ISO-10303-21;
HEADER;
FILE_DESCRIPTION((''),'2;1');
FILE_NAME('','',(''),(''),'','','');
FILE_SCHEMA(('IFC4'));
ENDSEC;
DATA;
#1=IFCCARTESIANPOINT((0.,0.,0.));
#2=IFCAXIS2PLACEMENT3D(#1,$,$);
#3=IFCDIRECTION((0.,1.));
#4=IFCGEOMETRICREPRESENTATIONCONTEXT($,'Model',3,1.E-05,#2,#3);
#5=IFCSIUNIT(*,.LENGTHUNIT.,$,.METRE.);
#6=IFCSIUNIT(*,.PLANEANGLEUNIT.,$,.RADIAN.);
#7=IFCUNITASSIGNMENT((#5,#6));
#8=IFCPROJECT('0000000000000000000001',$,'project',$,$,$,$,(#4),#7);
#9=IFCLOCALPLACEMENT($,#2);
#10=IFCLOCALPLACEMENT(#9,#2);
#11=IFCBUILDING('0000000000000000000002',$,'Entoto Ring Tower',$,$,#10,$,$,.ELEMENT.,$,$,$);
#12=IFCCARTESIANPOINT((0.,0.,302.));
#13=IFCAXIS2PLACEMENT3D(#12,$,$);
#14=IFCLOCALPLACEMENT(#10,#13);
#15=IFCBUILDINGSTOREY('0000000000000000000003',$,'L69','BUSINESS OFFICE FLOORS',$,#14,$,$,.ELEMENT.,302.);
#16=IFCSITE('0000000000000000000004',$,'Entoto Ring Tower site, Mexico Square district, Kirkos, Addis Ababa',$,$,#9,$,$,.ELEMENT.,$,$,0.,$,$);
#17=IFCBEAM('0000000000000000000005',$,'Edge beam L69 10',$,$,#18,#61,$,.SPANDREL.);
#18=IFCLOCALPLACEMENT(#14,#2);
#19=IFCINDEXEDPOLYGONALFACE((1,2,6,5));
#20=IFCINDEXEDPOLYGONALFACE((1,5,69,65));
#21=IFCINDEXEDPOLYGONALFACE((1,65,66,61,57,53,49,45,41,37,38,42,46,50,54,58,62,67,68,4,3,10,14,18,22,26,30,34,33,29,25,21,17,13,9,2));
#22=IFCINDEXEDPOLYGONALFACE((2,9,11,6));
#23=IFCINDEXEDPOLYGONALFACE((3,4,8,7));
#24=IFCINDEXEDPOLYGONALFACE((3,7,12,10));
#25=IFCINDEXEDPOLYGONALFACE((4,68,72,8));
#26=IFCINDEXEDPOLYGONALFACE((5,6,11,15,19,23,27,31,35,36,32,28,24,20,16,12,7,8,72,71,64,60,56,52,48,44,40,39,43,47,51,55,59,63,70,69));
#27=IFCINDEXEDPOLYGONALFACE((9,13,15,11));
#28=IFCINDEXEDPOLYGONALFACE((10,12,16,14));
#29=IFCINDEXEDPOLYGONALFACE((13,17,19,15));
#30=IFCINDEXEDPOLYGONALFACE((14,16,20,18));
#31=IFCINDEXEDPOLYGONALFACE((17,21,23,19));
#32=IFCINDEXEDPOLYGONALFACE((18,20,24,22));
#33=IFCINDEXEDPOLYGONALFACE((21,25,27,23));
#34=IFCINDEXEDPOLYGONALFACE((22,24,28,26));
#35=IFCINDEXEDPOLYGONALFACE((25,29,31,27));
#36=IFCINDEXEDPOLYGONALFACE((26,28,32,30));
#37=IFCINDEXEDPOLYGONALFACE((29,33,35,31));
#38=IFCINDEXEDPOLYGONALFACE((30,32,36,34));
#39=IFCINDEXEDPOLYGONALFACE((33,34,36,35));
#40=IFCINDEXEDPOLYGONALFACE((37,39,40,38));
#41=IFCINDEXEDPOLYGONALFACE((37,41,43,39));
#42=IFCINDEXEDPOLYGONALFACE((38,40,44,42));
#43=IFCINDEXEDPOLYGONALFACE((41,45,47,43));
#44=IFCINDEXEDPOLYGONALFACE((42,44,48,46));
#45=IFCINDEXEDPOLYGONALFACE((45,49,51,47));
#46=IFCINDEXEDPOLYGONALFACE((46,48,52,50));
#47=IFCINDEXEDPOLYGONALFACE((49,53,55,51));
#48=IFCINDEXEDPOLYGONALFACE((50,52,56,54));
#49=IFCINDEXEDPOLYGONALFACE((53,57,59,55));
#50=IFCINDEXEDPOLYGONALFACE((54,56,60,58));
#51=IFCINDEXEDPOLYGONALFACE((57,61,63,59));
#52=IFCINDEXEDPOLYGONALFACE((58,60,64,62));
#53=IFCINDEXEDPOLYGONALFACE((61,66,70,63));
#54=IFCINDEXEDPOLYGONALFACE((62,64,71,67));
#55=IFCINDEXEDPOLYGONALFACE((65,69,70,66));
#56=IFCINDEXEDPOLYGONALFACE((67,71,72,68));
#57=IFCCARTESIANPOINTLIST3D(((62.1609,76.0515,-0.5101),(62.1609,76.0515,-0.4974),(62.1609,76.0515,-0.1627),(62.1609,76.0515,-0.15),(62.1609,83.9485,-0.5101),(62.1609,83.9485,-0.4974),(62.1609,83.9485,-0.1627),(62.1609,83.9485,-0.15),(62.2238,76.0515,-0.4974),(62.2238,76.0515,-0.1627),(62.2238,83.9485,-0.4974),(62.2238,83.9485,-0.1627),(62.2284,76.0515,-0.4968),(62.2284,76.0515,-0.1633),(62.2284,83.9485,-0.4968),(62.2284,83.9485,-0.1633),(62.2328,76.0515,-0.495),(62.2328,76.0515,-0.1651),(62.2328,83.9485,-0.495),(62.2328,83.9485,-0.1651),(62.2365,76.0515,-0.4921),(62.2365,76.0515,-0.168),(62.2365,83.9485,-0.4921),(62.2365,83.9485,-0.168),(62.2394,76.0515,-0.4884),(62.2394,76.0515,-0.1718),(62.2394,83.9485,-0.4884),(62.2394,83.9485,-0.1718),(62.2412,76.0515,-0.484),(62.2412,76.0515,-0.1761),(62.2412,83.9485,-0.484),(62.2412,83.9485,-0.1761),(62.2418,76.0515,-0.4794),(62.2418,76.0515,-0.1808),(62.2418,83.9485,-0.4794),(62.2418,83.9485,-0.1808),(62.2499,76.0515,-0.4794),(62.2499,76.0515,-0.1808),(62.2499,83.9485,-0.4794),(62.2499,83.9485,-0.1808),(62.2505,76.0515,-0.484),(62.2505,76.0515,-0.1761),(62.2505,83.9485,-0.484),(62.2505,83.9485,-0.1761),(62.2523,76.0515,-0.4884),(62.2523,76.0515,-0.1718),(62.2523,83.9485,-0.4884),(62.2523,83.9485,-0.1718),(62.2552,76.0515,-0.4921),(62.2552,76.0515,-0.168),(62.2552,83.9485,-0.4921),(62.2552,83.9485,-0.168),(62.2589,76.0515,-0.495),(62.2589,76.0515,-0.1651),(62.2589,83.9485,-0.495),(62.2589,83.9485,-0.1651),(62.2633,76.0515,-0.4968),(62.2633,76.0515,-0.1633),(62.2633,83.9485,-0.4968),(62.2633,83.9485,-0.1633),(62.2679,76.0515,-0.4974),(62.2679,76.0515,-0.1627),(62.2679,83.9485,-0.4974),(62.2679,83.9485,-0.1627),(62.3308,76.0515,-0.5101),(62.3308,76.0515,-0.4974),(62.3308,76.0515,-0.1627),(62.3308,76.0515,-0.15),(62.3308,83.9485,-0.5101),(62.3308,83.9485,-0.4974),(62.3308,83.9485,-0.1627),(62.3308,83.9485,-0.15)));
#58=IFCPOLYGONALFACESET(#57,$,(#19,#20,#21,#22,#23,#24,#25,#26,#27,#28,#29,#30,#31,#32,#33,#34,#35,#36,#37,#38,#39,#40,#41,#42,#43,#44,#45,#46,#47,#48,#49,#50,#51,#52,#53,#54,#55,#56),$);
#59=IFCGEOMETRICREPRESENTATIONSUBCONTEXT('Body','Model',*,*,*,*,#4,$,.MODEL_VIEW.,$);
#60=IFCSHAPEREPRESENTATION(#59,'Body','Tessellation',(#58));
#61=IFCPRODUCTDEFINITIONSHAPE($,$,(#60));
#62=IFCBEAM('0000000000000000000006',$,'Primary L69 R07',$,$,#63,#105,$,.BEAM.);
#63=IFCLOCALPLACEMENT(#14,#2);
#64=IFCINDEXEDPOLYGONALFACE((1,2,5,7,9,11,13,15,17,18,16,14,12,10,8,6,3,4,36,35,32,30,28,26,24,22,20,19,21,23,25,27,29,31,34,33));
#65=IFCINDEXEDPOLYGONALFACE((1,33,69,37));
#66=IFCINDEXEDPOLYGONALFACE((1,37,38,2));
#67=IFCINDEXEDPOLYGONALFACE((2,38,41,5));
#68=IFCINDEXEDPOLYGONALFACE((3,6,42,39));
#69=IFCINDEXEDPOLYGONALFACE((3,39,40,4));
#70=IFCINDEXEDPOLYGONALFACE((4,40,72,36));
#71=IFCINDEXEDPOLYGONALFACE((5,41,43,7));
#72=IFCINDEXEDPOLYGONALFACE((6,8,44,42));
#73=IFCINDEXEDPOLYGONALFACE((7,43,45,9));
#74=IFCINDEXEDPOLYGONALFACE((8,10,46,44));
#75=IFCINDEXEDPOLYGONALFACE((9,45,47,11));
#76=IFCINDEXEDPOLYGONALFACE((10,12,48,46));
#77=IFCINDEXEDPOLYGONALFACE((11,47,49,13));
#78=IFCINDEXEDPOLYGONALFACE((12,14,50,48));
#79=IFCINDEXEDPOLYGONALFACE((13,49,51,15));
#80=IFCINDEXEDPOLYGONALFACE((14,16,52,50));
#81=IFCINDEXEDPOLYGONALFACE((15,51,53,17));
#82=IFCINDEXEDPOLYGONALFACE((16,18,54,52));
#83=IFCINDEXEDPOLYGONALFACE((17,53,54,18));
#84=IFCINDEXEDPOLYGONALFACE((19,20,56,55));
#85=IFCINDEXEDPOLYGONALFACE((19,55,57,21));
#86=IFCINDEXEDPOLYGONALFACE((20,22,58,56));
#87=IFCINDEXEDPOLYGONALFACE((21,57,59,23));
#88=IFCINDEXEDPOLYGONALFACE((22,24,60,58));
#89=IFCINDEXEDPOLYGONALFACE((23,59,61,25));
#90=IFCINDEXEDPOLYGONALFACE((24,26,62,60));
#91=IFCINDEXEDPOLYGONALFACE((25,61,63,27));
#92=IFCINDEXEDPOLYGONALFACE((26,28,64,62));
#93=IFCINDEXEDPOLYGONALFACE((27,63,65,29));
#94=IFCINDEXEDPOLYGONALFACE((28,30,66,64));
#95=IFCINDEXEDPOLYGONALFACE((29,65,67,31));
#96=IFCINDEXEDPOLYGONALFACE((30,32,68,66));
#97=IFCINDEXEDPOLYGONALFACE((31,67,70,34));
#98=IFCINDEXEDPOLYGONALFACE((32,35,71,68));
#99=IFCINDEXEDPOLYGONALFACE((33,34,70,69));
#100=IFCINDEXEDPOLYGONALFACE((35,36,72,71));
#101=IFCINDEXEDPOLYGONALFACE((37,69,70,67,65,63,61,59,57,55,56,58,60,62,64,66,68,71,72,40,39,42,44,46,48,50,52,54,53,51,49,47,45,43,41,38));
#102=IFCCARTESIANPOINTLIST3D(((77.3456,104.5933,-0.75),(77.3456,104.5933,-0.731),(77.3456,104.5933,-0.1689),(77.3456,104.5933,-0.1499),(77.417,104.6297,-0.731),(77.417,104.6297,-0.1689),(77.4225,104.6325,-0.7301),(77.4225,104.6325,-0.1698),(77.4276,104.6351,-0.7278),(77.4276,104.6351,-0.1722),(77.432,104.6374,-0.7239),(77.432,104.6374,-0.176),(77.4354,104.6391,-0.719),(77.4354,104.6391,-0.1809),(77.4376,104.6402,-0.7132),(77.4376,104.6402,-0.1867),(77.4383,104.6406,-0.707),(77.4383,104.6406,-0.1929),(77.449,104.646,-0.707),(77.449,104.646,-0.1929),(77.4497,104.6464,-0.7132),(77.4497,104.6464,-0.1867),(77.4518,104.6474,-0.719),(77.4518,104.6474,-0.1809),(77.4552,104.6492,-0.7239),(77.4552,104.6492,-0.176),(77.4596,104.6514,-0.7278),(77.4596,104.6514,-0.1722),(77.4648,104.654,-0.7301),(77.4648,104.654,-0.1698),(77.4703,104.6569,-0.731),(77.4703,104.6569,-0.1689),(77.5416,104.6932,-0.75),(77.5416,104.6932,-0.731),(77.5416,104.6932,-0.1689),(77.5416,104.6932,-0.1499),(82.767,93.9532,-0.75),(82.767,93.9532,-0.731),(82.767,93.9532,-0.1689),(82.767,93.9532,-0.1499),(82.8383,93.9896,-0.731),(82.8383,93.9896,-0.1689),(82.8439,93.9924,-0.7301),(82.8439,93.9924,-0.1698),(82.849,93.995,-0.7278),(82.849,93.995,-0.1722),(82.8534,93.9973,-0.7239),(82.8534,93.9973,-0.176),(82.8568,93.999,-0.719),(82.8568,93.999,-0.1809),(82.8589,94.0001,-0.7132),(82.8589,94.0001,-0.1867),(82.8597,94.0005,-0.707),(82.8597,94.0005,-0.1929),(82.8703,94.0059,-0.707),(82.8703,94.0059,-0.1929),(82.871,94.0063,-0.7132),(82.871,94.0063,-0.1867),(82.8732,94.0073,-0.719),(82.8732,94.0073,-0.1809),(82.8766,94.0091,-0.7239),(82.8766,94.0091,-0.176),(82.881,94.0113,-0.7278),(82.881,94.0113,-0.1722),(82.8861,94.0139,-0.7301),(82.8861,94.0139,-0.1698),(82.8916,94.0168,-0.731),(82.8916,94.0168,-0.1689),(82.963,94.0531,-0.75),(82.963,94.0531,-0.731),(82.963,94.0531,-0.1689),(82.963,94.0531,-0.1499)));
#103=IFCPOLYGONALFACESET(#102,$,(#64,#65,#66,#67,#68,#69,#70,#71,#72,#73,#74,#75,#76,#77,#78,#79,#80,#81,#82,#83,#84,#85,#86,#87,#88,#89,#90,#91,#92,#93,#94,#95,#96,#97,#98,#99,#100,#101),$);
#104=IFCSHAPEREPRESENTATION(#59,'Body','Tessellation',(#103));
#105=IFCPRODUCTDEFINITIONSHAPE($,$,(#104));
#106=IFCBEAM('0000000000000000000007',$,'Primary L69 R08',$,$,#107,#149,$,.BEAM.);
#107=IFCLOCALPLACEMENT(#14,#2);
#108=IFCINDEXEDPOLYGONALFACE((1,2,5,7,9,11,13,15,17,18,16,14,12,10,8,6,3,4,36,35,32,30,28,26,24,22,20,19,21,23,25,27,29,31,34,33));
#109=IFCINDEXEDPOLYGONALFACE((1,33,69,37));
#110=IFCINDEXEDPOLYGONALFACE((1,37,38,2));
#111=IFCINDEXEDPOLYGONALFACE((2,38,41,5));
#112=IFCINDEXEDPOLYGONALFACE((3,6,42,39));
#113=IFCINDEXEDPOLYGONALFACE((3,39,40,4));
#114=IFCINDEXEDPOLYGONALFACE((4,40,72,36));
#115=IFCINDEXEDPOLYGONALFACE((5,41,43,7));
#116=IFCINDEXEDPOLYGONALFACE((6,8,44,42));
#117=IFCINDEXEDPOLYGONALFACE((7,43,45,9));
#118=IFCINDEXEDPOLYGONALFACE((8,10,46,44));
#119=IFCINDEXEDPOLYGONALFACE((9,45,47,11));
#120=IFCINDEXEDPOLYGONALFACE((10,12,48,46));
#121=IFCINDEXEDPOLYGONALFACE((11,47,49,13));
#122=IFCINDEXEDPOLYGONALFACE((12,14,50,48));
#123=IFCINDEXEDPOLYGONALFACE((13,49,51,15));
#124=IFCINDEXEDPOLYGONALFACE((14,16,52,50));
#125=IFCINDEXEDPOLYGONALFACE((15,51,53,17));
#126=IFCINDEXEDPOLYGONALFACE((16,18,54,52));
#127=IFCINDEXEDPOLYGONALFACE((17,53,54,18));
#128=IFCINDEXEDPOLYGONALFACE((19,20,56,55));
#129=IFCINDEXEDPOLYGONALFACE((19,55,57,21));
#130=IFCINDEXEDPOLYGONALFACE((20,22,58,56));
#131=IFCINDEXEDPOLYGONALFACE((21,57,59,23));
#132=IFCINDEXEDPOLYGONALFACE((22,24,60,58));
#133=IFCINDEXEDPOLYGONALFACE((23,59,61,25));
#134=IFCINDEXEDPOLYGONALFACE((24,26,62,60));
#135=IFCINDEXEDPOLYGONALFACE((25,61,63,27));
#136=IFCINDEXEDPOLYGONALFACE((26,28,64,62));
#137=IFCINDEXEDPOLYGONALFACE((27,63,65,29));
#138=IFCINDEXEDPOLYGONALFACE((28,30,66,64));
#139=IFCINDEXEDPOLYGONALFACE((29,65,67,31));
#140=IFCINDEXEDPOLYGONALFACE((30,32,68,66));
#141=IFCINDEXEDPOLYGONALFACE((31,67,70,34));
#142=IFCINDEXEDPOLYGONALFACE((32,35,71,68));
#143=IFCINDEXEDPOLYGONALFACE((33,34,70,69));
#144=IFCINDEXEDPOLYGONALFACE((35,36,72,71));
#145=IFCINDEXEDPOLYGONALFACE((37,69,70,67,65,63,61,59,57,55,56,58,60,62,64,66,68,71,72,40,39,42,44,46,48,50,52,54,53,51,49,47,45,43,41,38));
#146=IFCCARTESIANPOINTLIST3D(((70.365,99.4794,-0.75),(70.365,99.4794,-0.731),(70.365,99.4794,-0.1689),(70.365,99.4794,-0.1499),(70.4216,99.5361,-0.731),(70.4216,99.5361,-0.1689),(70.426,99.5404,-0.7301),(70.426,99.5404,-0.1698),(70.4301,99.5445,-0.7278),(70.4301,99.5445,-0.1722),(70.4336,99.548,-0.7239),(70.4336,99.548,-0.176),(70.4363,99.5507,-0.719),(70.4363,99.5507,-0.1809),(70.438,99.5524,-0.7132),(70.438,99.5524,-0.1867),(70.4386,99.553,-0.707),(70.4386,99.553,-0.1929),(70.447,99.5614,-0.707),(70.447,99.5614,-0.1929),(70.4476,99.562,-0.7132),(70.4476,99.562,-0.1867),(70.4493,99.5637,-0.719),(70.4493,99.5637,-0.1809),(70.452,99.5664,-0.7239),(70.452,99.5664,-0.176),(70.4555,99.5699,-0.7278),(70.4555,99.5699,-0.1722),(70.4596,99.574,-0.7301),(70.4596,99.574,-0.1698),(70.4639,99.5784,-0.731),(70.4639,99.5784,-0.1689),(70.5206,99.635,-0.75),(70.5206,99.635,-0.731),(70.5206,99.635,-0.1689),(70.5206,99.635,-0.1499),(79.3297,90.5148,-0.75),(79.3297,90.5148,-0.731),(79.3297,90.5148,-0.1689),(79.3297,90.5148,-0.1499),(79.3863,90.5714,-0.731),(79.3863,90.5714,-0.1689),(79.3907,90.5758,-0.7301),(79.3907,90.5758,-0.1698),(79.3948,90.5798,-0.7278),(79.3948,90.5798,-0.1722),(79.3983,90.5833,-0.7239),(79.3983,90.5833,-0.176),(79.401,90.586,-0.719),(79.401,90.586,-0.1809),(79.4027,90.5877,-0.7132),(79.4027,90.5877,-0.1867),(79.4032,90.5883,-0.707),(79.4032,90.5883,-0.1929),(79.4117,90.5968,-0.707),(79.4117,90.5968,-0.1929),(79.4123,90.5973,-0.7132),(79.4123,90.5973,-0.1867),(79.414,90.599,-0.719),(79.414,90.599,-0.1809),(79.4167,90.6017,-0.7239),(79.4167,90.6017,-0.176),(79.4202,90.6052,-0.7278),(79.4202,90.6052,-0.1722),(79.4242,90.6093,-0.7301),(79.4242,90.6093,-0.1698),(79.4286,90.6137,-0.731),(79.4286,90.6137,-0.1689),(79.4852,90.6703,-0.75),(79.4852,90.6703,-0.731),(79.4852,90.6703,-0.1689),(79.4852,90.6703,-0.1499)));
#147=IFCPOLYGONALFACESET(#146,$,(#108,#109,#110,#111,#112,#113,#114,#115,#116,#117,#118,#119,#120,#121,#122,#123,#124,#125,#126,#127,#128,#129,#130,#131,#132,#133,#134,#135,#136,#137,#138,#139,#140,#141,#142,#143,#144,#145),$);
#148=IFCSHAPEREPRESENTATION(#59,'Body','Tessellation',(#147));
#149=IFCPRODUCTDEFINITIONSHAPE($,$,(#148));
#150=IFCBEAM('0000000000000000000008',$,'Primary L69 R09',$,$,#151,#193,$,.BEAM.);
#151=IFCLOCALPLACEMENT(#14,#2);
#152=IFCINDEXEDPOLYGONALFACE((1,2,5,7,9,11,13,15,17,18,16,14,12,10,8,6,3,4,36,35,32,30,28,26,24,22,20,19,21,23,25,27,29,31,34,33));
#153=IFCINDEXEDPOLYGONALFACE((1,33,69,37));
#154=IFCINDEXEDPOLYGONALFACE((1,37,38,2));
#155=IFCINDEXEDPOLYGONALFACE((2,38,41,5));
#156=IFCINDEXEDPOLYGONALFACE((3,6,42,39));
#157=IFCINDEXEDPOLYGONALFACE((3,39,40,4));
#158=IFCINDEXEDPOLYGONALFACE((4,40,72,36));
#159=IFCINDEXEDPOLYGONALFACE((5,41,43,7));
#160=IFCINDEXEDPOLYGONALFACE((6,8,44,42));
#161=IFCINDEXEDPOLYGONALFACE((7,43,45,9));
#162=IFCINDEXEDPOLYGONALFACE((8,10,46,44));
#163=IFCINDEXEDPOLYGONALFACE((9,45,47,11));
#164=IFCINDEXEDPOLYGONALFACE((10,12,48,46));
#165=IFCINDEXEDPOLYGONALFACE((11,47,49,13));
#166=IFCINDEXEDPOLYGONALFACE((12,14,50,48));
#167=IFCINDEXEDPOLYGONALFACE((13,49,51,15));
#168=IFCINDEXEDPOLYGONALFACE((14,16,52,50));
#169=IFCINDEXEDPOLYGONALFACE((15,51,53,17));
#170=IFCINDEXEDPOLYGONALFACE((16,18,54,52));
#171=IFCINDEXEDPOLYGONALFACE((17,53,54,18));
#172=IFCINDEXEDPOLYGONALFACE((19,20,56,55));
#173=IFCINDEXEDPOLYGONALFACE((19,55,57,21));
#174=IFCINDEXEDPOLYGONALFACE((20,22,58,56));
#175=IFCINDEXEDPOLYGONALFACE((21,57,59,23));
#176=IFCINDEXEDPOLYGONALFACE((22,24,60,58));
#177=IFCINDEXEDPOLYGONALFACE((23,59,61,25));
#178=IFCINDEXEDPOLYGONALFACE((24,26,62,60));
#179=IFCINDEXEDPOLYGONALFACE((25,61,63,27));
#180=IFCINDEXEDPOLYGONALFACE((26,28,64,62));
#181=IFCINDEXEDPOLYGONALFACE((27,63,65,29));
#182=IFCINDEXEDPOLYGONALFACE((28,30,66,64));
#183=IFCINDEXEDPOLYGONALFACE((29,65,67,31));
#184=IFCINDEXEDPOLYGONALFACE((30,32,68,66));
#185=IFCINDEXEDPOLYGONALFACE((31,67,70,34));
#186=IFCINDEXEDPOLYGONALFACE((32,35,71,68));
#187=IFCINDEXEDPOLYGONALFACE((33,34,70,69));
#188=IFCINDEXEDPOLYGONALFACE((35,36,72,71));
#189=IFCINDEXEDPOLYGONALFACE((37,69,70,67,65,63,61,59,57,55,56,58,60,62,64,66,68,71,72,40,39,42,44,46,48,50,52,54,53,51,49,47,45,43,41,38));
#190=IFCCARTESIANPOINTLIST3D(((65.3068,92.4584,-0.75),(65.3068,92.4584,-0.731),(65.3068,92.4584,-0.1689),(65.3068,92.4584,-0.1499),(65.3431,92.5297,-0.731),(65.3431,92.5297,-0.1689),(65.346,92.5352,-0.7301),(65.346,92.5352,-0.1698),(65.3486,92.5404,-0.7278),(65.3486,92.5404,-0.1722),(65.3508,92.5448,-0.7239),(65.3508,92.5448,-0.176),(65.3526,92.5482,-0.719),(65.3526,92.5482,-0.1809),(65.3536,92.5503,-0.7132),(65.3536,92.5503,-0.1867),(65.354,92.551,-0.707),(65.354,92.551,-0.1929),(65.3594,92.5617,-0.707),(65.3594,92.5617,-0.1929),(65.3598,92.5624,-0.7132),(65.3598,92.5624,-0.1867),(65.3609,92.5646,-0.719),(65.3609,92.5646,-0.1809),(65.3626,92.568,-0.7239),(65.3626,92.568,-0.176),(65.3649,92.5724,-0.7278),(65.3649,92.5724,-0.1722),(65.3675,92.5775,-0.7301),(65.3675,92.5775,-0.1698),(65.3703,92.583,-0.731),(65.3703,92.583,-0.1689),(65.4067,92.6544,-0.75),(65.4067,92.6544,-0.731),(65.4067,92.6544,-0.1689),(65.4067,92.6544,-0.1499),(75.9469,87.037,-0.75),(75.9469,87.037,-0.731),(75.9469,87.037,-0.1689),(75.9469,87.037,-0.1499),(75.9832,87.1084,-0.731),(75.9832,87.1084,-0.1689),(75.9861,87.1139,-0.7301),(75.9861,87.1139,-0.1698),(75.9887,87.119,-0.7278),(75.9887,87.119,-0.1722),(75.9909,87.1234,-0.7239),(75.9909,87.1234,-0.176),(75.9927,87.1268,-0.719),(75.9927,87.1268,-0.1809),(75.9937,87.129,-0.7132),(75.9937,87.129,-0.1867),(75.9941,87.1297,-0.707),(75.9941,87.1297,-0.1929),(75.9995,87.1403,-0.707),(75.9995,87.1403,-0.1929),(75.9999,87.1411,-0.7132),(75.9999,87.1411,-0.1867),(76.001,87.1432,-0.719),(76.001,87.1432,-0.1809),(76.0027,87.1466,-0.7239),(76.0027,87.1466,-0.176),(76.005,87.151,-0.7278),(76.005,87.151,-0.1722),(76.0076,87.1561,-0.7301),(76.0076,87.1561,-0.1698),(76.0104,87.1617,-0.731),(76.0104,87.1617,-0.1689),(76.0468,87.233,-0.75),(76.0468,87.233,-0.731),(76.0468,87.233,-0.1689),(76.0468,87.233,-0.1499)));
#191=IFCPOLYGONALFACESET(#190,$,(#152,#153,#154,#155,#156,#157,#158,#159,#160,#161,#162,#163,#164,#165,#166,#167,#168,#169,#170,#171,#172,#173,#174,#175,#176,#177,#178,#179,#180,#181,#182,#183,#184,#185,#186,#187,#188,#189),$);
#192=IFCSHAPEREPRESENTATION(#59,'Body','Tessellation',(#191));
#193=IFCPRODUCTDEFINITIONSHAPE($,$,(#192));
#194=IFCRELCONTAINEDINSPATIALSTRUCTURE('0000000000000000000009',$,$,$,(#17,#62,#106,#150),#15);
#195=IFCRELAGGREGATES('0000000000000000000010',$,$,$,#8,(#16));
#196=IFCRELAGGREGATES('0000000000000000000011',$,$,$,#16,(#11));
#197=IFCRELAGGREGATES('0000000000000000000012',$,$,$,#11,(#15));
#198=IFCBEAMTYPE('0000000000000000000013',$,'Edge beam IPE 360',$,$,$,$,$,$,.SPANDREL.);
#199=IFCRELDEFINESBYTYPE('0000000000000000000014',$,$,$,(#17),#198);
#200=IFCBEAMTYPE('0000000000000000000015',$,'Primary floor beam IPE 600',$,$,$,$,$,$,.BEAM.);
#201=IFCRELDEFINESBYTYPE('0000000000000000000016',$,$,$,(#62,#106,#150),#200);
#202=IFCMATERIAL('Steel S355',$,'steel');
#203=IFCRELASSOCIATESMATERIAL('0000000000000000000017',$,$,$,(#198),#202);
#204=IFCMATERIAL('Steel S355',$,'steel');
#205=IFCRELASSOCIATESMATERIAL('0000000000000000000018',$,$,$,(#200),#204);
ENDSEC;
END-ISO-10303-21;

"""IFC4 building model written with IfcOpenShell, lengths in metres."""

from ifc_helpers import new_model, si_unit, direction, frame, origin, origin_2d, place, context, subcontext, project, spatial, i_section, extrude, material, material_profile, profile_set, type_object, element, save


model = new_model("IFC4")

# Units and contexts
model_context = context("Model", 3, precision=1e-05, world=origin(), true_north=direction((0.0, 1.0)))
body_context = subcontext(model_context, "Body", "Model", "MODEL_VIEW")
ifc_project = project(units=[si_unit("LENGTHUNIT", "METRE"), si_unit("PLANEANGLEUNIT", "RADIAN")], contexts=[model_context])

# Site, building, storey
site_placement = place(None, origin())
site = spatial("IfcSite", under=ifc_project, at=site_placement, Name="Entoto Ring Tower site, Mexico Square district, Kirkos, Addis Ababa", CompositionType="ELEMENT", RefElevation=0.0)
building_placement = place(site_placement, origin())
building = spatial("IfcBuilding", under=site, at=building_placement, Name="Entoto Ring Tower", CompositionType="ELEMENT")
storey_placement = place(building_placement, frame((0.0, 0.0, 302.0)))
storey = spatial("IfcBuildingStorey", under=building, at=storey_placement, Name="L69", Description="BUSINESS OFFICE FLOORS", CompositionType="ELEMENT", Elevation=302.0)

# Beams
ifc_material_1 = material(Name="Steel S355", Category="steel")
ifc_material_profile_1 = material_profile(ifc_material_1, i_section(OverallWidth=0.1699, OverallDepth=0.3601, WebThickness=0.0081, FlangeThickness=0.0127, FilletRadius=0.0181, at=origin_2d()), Name="IPE 360")
ifc_profile_set_1 = profile_set([ifc_material_profile_1], Name="Steel S355")
beam_type_1 = type_object("IfcBeamType", Name="Edge beam IPE 360", PredefinedType="SPANDREL", material=ifc_profile_set_1)
for number, where, z_axis, x_axis, name in (
    (1, (62.2458, 83.9485, -0.3301), (0.0, -1.0, 0.0), (1.0, 0.0, 0.0), "Edge beam L69 10"),
):
    element("IfcBeam", number, at=place(storey_placement, frame(where, z_axis=z_axis, x_axis=x_axis)), inside=storey, type_object=beam_type_1, Name=name, PredefinedType="SPANDREL", context=body_context, shape_type="SweptSolid", body=[
        extrude(i_section(OverallWidth=0.1699, OverallDepth=0.3601, WebThickness=0.0081, FlangeThickness=0.0127, FilletRadius=0.0181, at=origin_2d()), origin(), (0.0, 0.0, 1.0), 7.897),
    ])
ifc_material_2 = material(Name="Steel S355", Category="steel")
ifc_material_profile_2 = material_profile(ifc_material_2, i_section(OverallWidth=0.22, OverallDepth=0.6001, WebThickness=0.012, FlangeThickness=0.019, FilletRadius=0.0239, at=origin_2d()), Name="IPE 600")
ifc_profile_set_2 = profile_set([ifc_material_profile_2], Name="Steel S355")
beam_type_2 = type_object("IfcBeamType", Name="Primary floor beam IPE 600", PredefinedType="BEAM", material=ifc_profile_set_2)
beam_1_placement = place(storey_placement, frame((82.865, 94.0032, -0.45), z_axis=(-0.453988, 0.891008, 0.0), x_axis=(-0.891008, -0.453988, 0.0)))
element("IfcBeam", 2, at=beam_1_placement, inside=storey, type_object=beam_type_2, Name="Primary L69 R07", PredefinedType="BEAM", context=body_context, shape_type="SweptSolid", body=[
    extrude(i_section(OverallWidth=0.22, OverallDepth=0.6001, WebThickness=0.012, FlangeThickness=0.019, FilletRadius=0.0239, at=origin_2d()), origin(), (0.0, 0.0, 1.0), 11.9417),
])
beam_2_placement = place(storey_placement, frame((79.4075, 90.5925, -0.45), z_axis=(-0.707107, 0.707107, 0.0), x_axis=(-0.707107, -0.707107, 0.0)))
element("IfcBeam", 3, at=beam_2_placement, inside=storey, type_object=beam_type_2, Name="Primary L69 R08", PredefinedType="BEAM", context=body_context, shape_type="SweptSolid", body=[
    extrude(i_section(OverallWidth=0.22, OverallDepth=0.6001, WebThickness=0.012, FlangeThickness=0.019, FilletRadius=0.0239, at=origin_2d()), origin(), (0.0, 0.0, 1.0), 12.678),
])
beam_3_placement = place(storey_placement, frame((75.9968, 87.135, -0.45), z_axis=(-0.891008, 0.453988, 0.0), x_axis=(-0.453988, -0.891008, 0.0)))
element("IfcBeam", 4, at=beam_3_placement, inside=storey, type_object=beam_type_2, Name="Primary L69 R09", PredefinedType="BEAM", context=body_context, shape_type="SweptSolid", body=[
    extrude(i_section(OverallWidth=0.22, OverallDepth=0.6001, WebThickness=0.012, FlangeThickness=0.019, FilletRadius=0.0239, at=origin_2d()), origin(), (0.0, 0.0, 1.0), 11.9417),
])

save(model, "model.ifc")
